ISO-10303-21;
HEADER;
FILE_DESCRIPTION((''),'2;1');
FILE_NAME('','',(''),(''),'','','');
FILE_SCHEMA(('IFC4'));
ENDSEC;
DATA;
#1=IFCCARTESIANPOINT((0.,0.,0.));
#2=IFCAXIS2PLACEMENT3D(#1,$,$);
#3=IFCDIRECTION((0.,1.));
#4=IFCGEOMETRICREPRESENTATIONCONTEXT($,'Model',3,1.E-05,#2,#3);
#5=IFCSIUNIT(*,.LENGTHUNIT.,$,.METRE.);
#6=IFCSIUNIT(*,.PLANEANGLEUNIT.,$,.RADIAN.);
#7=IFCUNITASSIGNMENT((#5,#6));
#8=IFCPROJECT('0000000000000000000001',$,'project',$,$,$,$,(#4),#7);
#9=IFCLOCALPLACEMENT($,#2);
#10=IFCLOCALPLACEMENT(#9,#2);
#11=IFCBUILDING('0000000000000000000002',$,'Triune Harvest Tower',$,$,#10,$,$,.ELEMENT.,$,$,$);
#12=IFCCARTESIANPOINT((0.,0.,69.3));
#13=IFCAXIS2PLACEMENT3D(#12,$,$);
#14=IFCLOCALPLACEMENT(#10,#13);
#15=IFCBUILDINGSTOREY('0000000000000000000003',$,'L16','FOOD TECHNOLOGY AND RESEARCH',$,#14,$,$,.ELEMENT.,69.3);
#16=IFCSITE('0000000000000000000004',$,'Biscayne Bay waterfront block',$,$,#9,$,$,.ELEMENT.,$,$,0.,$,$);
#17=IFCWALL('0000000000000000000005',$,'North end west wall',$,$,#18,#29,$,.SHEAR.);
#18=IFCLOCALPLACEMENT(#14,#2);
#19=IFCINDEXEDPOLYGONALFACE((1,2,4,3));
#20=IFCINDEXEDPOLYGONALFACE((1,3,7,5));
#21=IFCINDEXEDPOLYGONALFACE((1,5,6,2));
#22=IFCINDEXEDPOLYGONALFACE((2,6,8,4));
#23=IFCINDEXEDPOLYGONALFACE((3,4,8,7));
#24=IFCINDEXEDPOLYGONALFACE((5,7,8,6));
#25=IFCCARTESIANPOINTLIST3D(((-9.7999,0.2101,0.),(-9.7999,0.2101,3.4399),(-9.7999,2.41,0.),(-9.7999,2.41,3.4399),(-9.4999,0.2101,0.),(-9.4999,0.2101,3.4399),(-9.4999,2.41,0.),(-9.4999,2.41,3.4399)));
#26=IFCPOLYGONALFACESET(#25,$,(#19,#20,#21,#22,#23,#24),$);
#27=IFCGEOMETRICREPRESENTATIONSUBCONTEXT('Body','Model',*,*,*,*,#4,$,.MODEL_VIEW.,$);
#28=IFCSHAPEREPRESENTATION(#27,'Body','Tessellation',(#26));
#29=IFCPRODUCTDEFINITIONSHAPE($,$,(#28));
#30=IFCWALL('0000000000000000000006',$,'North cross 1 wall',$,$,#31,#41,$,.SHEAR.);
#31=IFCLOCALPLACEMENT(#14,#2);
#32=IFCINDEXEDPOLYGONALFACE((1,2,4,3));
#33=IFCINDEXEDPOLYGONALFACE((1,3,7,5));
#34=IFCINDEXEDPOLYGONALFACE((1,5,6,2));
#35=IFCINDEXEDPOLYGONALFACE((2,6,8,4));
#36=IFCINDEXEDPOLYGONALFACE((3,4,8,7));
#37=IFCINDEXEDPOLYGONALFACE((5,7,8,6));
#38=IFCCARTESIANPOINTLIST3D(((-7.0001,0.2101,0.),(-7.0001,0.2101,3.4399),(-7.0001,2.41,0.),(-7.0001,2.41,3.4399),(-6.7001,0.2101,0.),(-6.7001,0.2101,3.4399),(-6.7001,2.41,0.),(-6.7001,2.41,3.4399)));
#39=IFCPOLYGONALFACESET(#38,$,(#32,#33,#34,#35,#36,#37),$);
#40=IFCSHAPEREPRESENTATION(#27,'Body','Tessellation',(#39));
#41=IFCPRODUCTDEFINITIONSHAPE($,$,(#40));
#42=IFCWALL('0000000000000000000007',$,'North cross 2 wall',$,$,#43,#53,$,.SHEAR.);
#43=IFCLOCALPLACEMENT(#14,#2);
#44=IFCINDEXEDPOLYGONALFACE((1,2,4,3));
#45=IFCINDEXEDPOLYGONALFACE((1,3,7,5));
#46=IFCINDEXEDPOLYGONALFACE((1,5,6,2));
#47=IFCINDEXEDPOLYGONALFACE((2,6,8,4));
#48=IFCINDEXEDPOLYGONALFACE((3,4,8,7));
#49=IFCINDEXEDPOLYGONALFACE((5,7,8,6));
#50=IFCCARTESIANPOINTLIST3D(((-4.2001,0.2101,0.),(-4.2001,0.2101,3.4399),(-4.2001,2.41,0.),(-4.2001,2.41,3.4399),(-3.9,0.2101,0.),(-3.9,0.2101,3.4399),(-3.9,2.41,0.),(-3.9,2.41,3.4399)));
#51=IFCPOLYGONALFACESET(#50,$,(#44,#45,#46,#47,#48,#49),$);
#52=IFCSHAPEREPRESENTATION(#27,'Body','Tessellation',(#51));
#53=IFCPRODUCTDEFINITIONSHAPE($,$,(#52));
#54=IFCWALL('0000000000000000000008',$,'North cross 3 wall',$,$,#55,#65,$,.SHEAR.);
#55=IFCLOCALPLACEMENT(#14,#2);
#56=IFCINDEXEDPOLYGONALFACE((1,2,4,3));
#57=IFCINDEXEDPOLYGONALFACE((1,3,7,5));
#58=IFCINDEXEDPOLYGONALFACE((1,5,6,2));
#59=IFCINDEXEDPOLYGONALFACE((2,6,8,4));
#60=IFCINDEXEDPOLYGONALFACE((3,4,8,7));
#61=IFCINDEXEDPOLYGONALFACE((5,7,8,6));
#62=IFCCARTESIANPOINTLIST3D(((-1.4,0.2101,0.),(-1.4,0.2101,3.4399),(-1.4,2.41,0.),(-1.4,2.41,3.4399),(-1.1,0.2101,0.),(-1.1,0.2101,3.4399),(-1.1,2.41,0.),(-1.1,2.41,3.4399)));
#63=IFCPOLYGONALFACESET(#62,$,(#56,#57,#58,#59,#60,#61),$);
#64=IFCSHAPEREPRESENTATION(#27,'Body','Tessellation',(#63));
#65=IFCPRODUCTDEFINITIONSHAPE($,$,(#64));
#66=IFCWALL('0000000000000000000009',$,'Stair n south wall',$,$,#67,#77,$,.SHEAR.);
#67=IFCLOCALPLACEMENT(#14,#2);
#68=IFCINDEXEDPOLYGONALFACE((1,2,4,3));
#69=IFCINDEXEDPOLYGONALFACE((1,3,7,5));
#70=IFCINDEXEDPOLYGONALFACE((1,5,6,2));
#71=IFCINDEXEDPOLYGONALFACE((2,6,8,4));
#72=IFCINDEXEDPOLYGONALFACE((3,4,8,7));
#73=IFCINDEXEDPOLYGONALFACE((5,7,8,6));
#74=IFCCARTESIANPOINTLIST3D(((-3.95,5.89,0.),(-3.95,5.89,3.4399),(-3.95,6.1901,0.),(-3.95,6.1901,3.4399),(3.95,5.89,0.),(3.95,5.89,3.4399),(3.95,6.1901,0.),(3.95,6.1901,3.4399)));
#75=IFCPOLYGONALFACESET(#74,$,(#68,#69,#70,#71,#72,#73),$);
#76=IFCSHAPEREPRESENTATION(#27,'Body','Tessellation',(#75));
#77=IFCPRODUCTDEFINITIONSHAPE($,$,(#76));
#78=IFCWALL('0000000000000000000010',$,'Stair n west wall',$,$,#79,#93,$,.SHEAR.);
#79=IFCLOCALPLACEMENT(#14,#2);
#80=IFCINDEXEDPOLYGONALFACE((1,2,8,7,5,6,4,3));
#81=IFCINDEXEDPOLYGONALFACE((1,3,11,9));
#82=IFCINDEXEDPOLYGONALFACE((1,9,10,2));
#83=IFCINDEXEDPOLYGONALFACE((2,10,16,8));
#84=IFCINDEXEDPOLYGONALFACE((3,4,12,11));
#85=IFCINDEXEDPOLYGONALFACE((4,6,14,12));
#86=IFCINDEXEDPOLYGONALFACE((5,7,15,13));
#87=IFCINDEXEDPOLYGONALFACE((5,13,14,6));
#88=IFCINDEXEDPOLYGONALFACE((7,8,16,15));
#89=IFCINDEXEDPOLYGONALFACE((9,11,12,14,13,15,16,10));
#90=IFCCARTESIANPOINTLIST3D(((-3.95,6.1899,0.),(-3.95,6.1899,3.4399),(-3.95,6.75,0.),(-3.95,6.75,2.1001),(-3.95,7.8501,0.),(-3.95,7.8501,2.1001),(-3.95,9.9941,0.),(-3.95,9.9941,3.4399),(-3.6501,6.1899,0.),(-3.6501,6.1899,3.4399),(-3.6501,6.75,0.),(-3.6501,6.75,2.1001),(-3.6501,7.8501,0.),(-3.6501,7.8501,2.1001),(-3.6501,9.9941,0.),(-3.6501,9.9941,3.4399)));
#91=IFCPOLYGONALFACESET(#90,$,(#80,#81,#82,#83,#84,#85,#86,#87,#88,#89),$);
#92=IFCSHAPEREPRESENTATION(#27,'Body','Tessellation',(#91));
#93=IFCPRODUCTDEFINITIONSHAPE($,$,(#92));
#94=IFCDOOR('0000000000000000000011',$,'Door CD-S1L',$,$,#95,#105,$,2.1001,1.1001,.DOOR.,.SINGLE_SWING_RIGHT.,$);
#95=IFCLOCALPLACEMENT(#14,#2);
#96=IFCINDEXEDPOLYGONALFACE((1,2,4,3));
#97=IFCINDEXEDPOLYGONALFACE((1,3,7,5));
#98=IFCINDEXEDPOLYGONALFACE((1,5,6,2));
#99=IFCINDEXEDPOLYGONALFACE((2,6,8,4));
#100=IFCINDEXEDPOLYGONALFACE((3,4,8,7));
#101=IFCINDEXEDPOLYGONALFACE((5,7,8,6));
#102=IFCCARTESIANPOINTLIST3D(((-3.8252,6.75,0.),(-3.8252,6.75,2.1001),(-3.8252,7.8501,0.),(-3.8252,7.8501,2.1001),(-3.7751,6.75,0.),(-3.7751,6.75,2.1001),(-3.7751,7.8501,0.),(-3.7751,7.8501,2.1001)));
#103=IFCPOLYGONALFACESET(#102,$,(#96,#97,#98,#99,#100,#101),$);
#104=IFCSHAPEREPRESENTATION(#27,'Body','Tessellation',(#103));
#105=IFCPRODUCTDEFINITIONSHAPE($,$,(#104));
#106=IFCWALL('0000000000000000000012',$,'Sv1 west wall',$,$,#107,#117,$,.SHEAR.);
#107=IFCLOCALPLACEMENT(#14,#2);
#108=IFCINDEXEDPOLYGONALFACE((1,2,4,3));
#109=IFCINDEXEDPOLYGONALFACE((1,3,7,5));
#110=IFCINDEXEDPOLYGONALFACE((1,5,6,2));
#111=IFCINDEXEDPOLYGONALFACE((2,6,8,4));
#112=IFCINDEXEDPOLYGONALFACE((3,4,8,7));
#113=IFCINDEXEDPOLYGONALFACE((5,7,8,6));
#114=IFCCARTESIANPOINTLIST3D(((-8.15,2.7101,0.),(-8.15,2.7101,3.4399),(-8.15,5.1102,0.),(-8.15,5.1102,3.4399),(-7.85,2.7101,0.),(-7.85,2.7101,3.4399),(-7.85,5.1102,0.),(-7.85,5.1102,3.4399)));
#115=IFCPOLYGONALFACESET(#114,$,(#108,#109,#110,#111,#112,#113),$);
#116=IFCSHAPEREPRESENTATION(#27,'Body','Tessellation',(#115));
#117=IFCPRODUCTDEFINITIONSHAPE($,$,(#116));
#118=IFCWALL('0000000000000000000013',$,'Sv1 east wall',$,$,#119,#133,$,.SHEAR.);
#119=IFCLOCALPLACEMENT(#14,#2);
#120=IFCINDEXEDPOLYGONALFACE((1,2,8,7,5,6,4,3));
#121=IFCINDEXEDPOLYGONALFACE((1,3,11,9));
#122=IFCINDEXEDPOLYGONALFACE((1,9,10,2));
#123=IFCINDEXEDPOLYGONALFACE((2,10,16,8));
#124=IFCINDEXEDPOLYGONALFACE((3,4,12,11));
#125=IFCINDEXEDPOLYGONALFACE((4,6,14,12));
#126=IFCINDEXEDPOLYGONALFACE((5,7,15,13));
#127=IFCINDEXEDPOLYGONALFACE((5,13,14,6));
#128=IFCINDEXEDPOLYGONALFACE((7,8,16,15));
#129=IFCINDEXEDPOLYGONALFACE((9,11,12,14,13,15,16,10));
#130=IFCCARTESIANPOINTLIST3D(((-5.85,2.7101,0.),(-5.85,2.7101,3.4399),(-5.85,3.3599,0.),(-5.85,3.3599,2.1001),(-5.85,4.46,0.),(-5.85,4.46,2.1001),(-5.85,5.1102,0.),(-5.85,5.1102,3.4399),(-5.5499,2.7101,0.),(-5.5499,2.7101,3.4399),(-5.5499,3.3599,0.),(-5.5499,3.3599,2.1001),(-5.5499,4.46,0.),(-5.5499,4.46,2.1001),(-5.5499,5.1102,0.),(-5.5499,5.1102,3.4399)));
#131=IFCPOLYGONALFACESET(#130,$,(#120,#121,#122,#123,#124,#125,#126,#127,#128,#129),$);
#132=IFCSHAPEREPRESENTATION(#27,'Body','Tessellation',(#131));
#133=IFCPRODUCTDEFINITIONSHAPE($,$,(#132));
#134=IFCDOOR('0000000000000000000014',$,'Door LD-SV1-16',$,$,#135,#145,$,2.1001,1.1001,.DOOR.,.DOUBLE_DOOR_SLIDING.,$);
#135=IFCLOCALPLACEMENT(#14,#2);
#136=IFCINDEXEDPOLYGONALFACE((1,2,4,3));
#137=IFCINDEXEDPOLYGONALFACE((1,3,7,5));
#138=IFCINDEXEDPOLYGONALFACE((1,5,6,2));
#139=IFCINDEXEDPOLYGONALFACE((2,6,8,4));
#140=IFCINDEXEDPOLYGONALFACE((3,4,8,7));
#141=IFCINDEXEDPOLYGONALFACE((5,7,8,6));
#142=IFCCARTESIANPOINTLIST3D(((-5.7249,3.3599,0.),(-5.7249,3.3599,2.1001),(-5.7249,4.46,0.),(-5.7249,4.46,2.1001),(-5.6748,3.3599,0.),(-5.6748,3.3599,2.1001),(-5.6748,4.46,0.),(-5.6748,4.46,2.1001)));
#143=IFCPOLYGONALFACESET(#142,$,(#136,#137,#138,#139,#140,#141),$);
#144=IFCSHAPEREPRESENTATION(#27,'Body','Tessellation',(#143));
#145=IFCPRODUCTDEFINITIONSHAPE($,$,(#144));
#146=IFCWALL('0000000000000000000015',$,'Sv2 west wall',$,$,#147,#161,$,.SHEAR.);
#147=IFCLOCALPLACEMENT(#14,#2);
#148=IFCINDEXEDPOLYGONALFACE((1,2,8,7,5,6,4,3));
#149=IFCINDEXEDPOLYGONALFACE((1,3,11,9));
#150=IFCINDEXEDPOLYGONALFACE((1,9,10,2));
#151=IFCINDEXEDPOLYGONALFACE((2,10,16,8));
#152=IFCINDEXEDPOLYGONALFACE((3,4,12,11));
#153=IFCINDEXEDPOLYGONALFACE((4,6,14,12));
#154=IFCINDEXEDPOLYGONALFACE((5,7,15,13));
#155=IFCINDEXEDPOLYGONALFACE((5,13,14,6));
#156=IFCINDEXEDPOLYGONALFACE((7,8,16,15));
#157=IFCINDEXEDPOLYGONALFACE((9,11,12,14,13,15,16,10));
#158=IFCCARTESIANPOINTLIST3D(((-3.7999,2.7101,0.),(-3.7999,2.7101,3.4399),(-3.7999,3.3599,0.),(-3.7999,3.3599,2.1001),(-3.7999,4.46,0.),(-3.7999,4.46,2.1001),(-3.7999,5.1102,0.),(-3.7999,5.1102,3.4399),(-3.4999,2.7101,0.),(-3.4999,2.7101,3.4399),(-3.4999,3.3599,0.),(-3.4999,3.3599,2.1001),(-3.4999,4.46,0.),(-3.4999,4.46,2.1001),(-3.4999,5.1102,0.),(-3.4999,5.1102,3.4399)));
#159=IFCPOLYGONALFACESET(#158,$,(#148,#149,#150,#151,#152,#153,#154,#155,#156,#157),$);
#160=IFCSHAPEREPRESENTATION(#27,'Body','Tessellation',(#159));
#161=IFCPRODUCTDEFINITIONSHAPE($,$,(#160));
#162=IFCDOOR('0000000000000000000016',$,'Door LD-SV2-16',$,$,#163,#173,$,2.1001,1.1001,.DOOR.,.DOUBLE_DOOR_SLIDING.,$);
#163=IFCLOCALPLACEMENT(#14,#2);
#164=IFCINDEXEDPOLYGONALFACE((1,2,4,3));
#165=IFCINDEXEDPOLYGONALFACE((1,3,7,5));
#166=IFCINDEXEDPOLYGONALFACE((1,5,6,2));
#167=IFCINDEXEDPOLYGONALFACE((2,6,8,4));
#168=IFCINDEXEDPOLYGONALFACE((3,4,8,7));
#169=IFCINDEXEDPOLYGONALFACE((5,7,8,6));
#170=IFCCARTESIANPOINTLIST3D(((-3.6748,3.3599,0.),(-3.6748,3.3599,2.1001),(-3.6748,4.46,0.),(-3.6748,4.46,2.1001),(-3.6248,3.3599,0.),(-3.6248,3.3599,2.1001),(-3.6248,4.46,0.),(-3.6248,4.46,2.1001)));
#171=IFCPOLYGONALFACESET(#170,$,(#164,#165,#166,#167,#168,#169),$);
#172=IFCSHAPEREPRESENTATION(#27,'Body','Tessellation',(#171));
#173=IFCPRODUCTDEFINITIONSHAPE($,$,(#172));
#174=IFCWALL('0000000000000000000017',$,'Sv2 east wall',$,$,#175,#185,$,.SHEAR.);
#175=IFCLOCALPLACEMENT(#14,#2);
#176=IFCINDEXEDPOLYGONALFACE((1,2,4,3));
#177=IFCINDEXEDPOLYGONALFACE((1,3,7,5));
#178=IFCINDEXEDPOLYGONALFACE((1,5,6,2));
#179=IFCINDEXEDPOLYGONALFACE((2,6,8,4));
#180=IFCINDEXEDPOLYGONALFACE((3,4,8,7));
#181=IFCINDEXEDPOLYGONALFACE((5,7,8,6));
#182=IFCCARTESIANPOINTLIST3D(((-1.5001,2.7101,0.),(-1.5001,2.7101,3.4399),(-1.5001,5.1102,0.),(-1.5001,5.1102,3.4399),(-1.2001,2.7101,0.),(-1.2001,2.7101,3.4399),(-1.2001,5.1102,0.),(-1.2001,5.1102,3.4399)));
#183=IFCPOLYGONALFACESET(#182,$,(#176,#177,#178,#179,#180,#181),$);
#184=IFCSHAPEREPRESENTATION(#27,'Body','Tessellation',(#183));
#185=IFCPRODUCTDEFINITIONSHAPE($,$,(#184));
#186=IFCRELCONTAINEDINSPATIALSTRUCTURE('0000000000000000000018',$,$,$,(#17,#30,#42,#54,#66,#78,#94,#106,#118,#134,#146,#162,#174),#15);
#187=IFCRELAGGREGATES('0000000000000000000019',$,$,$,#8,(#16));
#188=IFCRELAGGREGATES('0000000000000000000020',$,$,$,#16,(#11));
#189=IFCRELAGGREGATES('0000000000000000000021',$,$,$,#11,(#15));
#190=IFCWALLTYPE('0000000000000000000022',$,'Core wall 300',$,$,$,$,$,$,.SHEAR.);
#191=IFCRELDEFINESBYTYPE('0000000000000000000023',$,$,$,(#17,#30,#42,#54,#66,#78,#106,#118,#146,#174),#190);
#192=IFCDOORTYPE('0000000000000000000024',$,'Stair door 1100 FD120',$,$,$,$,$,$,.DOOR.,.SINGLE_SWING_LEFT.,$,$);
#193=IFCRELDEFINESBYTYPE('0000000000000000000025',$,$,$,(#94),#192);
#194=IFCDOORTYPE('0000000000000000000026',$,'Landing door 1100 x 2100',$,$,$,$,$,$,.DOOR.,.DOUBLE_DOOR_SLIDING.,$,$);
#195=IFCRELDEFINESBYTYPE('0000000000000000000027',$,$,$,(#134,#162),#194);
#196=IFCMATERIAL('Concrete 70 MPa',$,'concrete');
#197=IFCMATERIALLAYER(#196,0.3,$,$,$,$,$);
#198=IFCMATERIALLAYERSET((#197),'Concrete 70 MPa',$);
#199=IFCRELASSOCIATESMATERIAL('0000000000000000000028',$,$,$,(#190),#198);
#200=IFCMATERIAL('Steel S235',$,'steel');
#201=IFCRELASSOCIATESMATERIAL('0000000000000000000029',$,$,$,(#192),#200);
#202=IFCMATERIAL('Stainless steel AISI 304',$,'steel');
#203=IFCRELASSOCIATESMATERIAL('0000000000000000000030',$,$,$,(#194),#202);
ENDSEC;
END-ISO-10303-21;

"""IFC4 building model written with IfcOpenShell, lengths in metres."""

from ifc_helpers import new_model, si_unit, direction, frame, frame_2d, origin, place, context, subcontext, project, spatial, polyline, rectangle, outline, extrude, source, transform, mapped, material, layer, layer_set, type_object, element, fill, save


model = new_model("IFC4")

# Units and contexts
model_context = context("Model", 3, precision=1e-05, world=origin(), true_north=direction((0.0, 1.0)))
body_context = subcontext(model_context, "Body", "Model", "MODEL_VIEW")
ifc_project = project(units=[si_unit("LENGTHUNIT", "METRE"), si_unit("PLANEANGLEUNIT", "RADIAN")], contexts=[model_context])

# Site, building, storey
site_placement = place(None, origin())
site = spatial("IfcSite", under=ifc_project, at=site_placement, Name="Biscayne Bay waterfront block", CompositionType="ELEMENT", RefElevation=0.0)
building_placement = place(site_placement, origin())
building = spatial("IfcBuilding", under=site, at=building_placement, Name="Triune Harvest Tower", CompositionType="ELEMENT")
storey_placement = place(building_placement, frame((0.0, 0.0, 69.3)))
storey = spatial("IfcBuildingStorey", under=building, at=storey_placement, Name="L16", Description="FOOD TECHNOLOGY AND RESEARCH", CompositionType="ELEMENT", Elevation=69.3)

# Walls
ifc_material_1 = material(Name="Concrete 70 MPa", Category="concrete")
ifc_layer_1 = layer(ifc_material_1, 0.3)
ifc_layer_set_1 = layer_set([ifc_layer_1], Name="Concrete 70 MPa")
wall_type_1 = type_object("IfcWallType", Name="Core wall 300", PredefinedType="SHEAR", material=ifc_layer_set_1)
shared_shape_1 = source(origin(), body_context, "Body", "SweptSolid", [
    extrude(rectangle(XDim=2.2, YDim=0.3, at=frame_2d((1.1001, 0.0))), origin(), (0.0, 0.0, 1.0), 3.4399),
])
for number, where, z_axis, x_axis, name in (
    (1, (-9.6499, 0.21, 0.0), (0.0, 0.0, 1.0), (0.0, 1.0, 0.0), "North end west wall"),
    (2, (-6.8501, 0.21, 0.0), (0.0, 0.0, 1.0), (0.0, 1.0, 0.0), "North cross 1 wall"),
    (3, (-4.05, 0.21, 0.0), (0.0, 0.0, 1.0), (0.0, 1.0, 0.0), "North cross 2 wall"),
    (4, (-1.25, 0.21, 0.0), (0.0, 0.0, 1.0), (0.0, 1.0, 0.0), "North cross 3 wall"),
):
    element("IfcWall", number, at=place(storey_placement, frame(where, z_axis=z_axis, x_axis=x_axis)), inside=storey, type_object=wall_type_1, Name=name, PredefinedType="SHEAR", context=body_context, shape_type="MappedRepresentation", body=[
        mapped(shared_shape_1, transform((0.0, 0.0, 0.0), scale=1.0)),
    ])
shared_shape_2 = source(origin(), body_context, "Body", "SweptSolid", [
    extrude(rectangle(XDim=7.8999, YDim=0.3, at=frame_2d((3.95, 0.0))), origin(), (0.0, 0.0, 1.0), 3.4399),
])
wall_1_placement = place(storey_placement, frame((-3.95, 6.04, 0.0), z_axis=(0.0, 0.0, 1.0), x_axis=(1.0, 0.0, 0.0)))
element("IfcWall", 5, at=wall_1_placement, inside=storey, type_object=wall_type_1, Name="Stair n south wall", PredefinedType="SHEAR", context=body_context, shape_type="MappedRepresentation", body=[
    mapped(shared_shape_2, transform((0.0, 0.0, 0.0), scale=1.0)),
])

# Wall, opening, door
shared_shape_3 = source(origin(), body_context, "Body", "SweptSolid", [
    extrude(outline(polyline([(0.0, -0.1499), (0.0, 0.1499), (3.8042, 0.1499), (3.8042, -0.1499), (0.0, -0.1499)])), origin(), (0.0, 0.0, 1.0), 3.4399),
])
wall_2_placement = place(storey_placement, frame((-3.8, 6.1899, 0.0), z_axis=(0.0, 0.0, 1.0), x_axis=(0.0, 1.0, 0.0)))
wall_2 = element("IfcWall", 6, at=wall_2_placement, inside=storey, type_object=wall_type_1, Name="Stair n west wall", PredefinedType="SHEAR", context=body_context, shape_type="MappedRepresentation", body=[
    mapped(shared_shape_3, transform((0.0, 0.0, 0.0), scale=1.0)),
])
opening_1_placement = place(wall_2_placement, frame((0.5601, 0.0, 0.0)))
opening_1 = element("IfcOpeningElement", 7, at=opening_1_placement, cuts=wall_2, PredefinedType="OPENING", context=body_context, shape_type="SweptSolid", body=[
    extrude(rectangle(XDim=1.1001, YDim=2.1001, at=frame_2d((0.55, 1.05))), frame((0.0, 0.1602, 0.0), z_axis=(0.0, -1.0, 0.0), x_axis=(1.0, 0.0, 0.0)), (0.0, 0.0, 1.0), 0.3201),
])
ifc_material_2 = material(Name="Steel S235", Category="steel")
door_type_1 = type_object("IfcDoorType", Name="Stair door 1100 FD120", OperationType="SINGLE_SWING_LEFT", PredefinedType="DOOR", material=ifc_material_2)
door_1_placement = place(opening_1_placement, frame((1.1001, 0.0, 0.0), z_axis=(0.0, 0.0, 1.0), x_axis=(-1.0, 0.0, 0.0)))
door_1 = element("IfcDoor", 8, at=door_1_placement, inside=storey, type_object=door_type_1, Name="Door CD-S1L", OperationType="SINGLE_SWING_RIGHT", OverallHeight=2.1001, OverallWidth=1.1001, PredefinedType="DOOR", context=body_context, shape_type="SweptSolid", body=[
    extrude(rectangle(XDim=1.1001, YDim=2.1001, at=frame_2d((0.55, 1.05))), frame((0.0, 0.0249, 0.0), z_axis=(0.0, -1.0, 0.0), x_axis=(1.0, 0.0, 0.0)), (0.0, 0.0, 1.0), 0.05),
])
fill(opening_1, door_1)

# Wall
shared_shape_4 = source(origin(), body_context, "Body", "SweptSolid", [
    extrude(rectangle(XDim=2.4001, YDim=0.3, at=frame_2d((1.2002, 0.0))), origin(), (0.0, 0.0, 1.0), 3.4399),
])
wall_3_placement = place(storey_placement, frame((-8.0, 2.71, 0.0), z_axis=(0.0, 0.0, 1.0), x_axis=(0.0, 1.0, 0.0)))
element("IfcWall", 9, at=wall_3_placement, inside=storey, type_object=wall_type_1, Name="Sv1 west wall", PredefinedType="SHEAR", context=body_context, shape_type="MappedRepresentation", body=[
    mapped(shared_shape_4, transform((0.0, 0.0, 0.0), scale=1.0)),
])

# Walls, openings, doors
wall_4_placement = place(storey_placement, frame((-5.7, 2.71, 0.0), z_axis=(0.0, 0.0, 1.0), x_axis=(0.0, 1.0, 0.0)))
wall_4 = element("IfcWall", 10, at=wall_4_placement, inside=storey, type_object=wall_type_1, Name="Sv1 east wall", PredefinedType="SHEAR", context=body_context, shape_type="MappedRepresentation", body=[
    mapped(shared_shape_4, transform((0.0, 0.0, 0.0), scale=1.0)),
])
opening_2_placement = place(wall_4_placement, frame((0.6499, 0.0, 0.0)))
opening_2 = element("IfcOpeningElement", 11, at=opening_2_placement, cuts=wall_4, PredefinedType="OPENING", context=body_context, shape_type="SweptSolid", body=[
    extrude(rectangle(XDim=1.1001, YDim=2.1001, at=frame_2d((0.55, 1.05))), frame((0.0, 0.1602, 0.0), z_axis=(0.0, -1.0, 0.0), x_axis=(1.0, 0.0, 0.0)), (0.0, 0.0, 1.0), 0.3201),
])
ifc_material_3 = material(Name="Stainless steel AISI 304", Category="steel")
door_type_2 = type_object("IfcDoorType", Name="Landing door 1100 x 2100", OperationType="DOUBLE_DOOR_SLIDING", PredefinedType="DOOR", material=ifc_material_3)
door_2_placement = place(opening_2_placement, origin())
door_2 = element("IfcDoor", 12, at=door_2_placement, inside=storey, type_object=door_type_2, Name="Door LD-SV1-16", OperationType="DOUBLE_DOOR_SLIDING", OverallHeight=2.1001, OverallWidth=1.1001, PredefinedType="DOOR", context=body_context, shape_type="SweptSolid", body=[
    extrude(rectangle(XDim=1.1001, YDim=2.1001, at=frame_2d((0.55, 1.05))), frame((0.0, 0.0249, 0.0), z_axis=(0.0, -1.0, 0.0), x_axis=(1.0, 0.0, 0.0)), (0.0, 0.0, 1.0), 0.05),
])
fill(opening_2, door_2)
wall_5_placement = place(storey_placement, frame((-3.6499, 2.71, 0.0), z_axis=(0.0, 0.0, 1.0), x_axis=(0.0, 1.0, 0.0)))
wall_5 = element("IfcWall", 13, at=wall_5_placement, inside=storey, type_object=wall_type_1, Name="Sv2 west wall", PredefinedType="SHEAR", context=body_context, shape_type="MappedRepresentation", body=[
    mapped(shared_shape_4, transform((0.0, 0.0, 0.0), scale=1.0)),
])
opening_3_placement = place(wall_5_placement, frame((0.6499, 0.0, 0.0)))
opening_3 = element("IfcOpeningElement", 14, at=opening_3_placement, cuts=wall_5, PredefinedType="OPENING", context=body_context, shape_type="SweptSolid", body=[
    extrude(rectangle(XDim=1.1001, YDim=2.1001, at=frame_2d((0.55, 1.05))), frame((0.0, 0.1602, 0.0), z_axis=(0.0, -1.0, 0.0), x_axis=(1.0, 0.0, 0.0)), (0.0, 0.0, 1.0), 0.3201),
])
door_3_placement = place(opening_3_placement, origin())
door_3 = element("IfcDoor", 15, at=door_3_placement, inside=storey, type_object=door_type_2, Name="Door LD-SV2-16", OperationType="DOUBLE_DOOR_SLIDING", OverallHeight=2.1001, OverallWidth=1.1001, PredefinedType="DOOR", context=body_context, shape_type="SweptSolid", body=[
    extrude(rectangle(XDim=1.1001, YDim=2.1001, at=frame_2d((0.55, 1.05))), frame((0.0, 0.0249, 0.0), z_axis=(0.0, -1.0, 0.0), x_axis=(1.0, 0.0, 0.0)), (0.0, 0.0, 1.0), 0.05),
])
fill(opening_3, door_3)

# Wall
wall_6_placement = place(storey_placement, frame((-1.3501, 2.71, 0.0), z_axis=(0.0, 0.0, 1.0), x_axis=(0.0, 1.0, 0.0)))
element("IfcWall", 16, at=wall_6_placement, inside=storey, type_object=wall_type_1, Name="Sv2 east wall", PredefinedType="SHEAR", context=body_context, shape_type="MappedRepresentation", body=[
    mapped(shared_shape_4, transform((0.0, 0.0, 0.0), scale=1.0)),
])

save(model, "model.ifc")
